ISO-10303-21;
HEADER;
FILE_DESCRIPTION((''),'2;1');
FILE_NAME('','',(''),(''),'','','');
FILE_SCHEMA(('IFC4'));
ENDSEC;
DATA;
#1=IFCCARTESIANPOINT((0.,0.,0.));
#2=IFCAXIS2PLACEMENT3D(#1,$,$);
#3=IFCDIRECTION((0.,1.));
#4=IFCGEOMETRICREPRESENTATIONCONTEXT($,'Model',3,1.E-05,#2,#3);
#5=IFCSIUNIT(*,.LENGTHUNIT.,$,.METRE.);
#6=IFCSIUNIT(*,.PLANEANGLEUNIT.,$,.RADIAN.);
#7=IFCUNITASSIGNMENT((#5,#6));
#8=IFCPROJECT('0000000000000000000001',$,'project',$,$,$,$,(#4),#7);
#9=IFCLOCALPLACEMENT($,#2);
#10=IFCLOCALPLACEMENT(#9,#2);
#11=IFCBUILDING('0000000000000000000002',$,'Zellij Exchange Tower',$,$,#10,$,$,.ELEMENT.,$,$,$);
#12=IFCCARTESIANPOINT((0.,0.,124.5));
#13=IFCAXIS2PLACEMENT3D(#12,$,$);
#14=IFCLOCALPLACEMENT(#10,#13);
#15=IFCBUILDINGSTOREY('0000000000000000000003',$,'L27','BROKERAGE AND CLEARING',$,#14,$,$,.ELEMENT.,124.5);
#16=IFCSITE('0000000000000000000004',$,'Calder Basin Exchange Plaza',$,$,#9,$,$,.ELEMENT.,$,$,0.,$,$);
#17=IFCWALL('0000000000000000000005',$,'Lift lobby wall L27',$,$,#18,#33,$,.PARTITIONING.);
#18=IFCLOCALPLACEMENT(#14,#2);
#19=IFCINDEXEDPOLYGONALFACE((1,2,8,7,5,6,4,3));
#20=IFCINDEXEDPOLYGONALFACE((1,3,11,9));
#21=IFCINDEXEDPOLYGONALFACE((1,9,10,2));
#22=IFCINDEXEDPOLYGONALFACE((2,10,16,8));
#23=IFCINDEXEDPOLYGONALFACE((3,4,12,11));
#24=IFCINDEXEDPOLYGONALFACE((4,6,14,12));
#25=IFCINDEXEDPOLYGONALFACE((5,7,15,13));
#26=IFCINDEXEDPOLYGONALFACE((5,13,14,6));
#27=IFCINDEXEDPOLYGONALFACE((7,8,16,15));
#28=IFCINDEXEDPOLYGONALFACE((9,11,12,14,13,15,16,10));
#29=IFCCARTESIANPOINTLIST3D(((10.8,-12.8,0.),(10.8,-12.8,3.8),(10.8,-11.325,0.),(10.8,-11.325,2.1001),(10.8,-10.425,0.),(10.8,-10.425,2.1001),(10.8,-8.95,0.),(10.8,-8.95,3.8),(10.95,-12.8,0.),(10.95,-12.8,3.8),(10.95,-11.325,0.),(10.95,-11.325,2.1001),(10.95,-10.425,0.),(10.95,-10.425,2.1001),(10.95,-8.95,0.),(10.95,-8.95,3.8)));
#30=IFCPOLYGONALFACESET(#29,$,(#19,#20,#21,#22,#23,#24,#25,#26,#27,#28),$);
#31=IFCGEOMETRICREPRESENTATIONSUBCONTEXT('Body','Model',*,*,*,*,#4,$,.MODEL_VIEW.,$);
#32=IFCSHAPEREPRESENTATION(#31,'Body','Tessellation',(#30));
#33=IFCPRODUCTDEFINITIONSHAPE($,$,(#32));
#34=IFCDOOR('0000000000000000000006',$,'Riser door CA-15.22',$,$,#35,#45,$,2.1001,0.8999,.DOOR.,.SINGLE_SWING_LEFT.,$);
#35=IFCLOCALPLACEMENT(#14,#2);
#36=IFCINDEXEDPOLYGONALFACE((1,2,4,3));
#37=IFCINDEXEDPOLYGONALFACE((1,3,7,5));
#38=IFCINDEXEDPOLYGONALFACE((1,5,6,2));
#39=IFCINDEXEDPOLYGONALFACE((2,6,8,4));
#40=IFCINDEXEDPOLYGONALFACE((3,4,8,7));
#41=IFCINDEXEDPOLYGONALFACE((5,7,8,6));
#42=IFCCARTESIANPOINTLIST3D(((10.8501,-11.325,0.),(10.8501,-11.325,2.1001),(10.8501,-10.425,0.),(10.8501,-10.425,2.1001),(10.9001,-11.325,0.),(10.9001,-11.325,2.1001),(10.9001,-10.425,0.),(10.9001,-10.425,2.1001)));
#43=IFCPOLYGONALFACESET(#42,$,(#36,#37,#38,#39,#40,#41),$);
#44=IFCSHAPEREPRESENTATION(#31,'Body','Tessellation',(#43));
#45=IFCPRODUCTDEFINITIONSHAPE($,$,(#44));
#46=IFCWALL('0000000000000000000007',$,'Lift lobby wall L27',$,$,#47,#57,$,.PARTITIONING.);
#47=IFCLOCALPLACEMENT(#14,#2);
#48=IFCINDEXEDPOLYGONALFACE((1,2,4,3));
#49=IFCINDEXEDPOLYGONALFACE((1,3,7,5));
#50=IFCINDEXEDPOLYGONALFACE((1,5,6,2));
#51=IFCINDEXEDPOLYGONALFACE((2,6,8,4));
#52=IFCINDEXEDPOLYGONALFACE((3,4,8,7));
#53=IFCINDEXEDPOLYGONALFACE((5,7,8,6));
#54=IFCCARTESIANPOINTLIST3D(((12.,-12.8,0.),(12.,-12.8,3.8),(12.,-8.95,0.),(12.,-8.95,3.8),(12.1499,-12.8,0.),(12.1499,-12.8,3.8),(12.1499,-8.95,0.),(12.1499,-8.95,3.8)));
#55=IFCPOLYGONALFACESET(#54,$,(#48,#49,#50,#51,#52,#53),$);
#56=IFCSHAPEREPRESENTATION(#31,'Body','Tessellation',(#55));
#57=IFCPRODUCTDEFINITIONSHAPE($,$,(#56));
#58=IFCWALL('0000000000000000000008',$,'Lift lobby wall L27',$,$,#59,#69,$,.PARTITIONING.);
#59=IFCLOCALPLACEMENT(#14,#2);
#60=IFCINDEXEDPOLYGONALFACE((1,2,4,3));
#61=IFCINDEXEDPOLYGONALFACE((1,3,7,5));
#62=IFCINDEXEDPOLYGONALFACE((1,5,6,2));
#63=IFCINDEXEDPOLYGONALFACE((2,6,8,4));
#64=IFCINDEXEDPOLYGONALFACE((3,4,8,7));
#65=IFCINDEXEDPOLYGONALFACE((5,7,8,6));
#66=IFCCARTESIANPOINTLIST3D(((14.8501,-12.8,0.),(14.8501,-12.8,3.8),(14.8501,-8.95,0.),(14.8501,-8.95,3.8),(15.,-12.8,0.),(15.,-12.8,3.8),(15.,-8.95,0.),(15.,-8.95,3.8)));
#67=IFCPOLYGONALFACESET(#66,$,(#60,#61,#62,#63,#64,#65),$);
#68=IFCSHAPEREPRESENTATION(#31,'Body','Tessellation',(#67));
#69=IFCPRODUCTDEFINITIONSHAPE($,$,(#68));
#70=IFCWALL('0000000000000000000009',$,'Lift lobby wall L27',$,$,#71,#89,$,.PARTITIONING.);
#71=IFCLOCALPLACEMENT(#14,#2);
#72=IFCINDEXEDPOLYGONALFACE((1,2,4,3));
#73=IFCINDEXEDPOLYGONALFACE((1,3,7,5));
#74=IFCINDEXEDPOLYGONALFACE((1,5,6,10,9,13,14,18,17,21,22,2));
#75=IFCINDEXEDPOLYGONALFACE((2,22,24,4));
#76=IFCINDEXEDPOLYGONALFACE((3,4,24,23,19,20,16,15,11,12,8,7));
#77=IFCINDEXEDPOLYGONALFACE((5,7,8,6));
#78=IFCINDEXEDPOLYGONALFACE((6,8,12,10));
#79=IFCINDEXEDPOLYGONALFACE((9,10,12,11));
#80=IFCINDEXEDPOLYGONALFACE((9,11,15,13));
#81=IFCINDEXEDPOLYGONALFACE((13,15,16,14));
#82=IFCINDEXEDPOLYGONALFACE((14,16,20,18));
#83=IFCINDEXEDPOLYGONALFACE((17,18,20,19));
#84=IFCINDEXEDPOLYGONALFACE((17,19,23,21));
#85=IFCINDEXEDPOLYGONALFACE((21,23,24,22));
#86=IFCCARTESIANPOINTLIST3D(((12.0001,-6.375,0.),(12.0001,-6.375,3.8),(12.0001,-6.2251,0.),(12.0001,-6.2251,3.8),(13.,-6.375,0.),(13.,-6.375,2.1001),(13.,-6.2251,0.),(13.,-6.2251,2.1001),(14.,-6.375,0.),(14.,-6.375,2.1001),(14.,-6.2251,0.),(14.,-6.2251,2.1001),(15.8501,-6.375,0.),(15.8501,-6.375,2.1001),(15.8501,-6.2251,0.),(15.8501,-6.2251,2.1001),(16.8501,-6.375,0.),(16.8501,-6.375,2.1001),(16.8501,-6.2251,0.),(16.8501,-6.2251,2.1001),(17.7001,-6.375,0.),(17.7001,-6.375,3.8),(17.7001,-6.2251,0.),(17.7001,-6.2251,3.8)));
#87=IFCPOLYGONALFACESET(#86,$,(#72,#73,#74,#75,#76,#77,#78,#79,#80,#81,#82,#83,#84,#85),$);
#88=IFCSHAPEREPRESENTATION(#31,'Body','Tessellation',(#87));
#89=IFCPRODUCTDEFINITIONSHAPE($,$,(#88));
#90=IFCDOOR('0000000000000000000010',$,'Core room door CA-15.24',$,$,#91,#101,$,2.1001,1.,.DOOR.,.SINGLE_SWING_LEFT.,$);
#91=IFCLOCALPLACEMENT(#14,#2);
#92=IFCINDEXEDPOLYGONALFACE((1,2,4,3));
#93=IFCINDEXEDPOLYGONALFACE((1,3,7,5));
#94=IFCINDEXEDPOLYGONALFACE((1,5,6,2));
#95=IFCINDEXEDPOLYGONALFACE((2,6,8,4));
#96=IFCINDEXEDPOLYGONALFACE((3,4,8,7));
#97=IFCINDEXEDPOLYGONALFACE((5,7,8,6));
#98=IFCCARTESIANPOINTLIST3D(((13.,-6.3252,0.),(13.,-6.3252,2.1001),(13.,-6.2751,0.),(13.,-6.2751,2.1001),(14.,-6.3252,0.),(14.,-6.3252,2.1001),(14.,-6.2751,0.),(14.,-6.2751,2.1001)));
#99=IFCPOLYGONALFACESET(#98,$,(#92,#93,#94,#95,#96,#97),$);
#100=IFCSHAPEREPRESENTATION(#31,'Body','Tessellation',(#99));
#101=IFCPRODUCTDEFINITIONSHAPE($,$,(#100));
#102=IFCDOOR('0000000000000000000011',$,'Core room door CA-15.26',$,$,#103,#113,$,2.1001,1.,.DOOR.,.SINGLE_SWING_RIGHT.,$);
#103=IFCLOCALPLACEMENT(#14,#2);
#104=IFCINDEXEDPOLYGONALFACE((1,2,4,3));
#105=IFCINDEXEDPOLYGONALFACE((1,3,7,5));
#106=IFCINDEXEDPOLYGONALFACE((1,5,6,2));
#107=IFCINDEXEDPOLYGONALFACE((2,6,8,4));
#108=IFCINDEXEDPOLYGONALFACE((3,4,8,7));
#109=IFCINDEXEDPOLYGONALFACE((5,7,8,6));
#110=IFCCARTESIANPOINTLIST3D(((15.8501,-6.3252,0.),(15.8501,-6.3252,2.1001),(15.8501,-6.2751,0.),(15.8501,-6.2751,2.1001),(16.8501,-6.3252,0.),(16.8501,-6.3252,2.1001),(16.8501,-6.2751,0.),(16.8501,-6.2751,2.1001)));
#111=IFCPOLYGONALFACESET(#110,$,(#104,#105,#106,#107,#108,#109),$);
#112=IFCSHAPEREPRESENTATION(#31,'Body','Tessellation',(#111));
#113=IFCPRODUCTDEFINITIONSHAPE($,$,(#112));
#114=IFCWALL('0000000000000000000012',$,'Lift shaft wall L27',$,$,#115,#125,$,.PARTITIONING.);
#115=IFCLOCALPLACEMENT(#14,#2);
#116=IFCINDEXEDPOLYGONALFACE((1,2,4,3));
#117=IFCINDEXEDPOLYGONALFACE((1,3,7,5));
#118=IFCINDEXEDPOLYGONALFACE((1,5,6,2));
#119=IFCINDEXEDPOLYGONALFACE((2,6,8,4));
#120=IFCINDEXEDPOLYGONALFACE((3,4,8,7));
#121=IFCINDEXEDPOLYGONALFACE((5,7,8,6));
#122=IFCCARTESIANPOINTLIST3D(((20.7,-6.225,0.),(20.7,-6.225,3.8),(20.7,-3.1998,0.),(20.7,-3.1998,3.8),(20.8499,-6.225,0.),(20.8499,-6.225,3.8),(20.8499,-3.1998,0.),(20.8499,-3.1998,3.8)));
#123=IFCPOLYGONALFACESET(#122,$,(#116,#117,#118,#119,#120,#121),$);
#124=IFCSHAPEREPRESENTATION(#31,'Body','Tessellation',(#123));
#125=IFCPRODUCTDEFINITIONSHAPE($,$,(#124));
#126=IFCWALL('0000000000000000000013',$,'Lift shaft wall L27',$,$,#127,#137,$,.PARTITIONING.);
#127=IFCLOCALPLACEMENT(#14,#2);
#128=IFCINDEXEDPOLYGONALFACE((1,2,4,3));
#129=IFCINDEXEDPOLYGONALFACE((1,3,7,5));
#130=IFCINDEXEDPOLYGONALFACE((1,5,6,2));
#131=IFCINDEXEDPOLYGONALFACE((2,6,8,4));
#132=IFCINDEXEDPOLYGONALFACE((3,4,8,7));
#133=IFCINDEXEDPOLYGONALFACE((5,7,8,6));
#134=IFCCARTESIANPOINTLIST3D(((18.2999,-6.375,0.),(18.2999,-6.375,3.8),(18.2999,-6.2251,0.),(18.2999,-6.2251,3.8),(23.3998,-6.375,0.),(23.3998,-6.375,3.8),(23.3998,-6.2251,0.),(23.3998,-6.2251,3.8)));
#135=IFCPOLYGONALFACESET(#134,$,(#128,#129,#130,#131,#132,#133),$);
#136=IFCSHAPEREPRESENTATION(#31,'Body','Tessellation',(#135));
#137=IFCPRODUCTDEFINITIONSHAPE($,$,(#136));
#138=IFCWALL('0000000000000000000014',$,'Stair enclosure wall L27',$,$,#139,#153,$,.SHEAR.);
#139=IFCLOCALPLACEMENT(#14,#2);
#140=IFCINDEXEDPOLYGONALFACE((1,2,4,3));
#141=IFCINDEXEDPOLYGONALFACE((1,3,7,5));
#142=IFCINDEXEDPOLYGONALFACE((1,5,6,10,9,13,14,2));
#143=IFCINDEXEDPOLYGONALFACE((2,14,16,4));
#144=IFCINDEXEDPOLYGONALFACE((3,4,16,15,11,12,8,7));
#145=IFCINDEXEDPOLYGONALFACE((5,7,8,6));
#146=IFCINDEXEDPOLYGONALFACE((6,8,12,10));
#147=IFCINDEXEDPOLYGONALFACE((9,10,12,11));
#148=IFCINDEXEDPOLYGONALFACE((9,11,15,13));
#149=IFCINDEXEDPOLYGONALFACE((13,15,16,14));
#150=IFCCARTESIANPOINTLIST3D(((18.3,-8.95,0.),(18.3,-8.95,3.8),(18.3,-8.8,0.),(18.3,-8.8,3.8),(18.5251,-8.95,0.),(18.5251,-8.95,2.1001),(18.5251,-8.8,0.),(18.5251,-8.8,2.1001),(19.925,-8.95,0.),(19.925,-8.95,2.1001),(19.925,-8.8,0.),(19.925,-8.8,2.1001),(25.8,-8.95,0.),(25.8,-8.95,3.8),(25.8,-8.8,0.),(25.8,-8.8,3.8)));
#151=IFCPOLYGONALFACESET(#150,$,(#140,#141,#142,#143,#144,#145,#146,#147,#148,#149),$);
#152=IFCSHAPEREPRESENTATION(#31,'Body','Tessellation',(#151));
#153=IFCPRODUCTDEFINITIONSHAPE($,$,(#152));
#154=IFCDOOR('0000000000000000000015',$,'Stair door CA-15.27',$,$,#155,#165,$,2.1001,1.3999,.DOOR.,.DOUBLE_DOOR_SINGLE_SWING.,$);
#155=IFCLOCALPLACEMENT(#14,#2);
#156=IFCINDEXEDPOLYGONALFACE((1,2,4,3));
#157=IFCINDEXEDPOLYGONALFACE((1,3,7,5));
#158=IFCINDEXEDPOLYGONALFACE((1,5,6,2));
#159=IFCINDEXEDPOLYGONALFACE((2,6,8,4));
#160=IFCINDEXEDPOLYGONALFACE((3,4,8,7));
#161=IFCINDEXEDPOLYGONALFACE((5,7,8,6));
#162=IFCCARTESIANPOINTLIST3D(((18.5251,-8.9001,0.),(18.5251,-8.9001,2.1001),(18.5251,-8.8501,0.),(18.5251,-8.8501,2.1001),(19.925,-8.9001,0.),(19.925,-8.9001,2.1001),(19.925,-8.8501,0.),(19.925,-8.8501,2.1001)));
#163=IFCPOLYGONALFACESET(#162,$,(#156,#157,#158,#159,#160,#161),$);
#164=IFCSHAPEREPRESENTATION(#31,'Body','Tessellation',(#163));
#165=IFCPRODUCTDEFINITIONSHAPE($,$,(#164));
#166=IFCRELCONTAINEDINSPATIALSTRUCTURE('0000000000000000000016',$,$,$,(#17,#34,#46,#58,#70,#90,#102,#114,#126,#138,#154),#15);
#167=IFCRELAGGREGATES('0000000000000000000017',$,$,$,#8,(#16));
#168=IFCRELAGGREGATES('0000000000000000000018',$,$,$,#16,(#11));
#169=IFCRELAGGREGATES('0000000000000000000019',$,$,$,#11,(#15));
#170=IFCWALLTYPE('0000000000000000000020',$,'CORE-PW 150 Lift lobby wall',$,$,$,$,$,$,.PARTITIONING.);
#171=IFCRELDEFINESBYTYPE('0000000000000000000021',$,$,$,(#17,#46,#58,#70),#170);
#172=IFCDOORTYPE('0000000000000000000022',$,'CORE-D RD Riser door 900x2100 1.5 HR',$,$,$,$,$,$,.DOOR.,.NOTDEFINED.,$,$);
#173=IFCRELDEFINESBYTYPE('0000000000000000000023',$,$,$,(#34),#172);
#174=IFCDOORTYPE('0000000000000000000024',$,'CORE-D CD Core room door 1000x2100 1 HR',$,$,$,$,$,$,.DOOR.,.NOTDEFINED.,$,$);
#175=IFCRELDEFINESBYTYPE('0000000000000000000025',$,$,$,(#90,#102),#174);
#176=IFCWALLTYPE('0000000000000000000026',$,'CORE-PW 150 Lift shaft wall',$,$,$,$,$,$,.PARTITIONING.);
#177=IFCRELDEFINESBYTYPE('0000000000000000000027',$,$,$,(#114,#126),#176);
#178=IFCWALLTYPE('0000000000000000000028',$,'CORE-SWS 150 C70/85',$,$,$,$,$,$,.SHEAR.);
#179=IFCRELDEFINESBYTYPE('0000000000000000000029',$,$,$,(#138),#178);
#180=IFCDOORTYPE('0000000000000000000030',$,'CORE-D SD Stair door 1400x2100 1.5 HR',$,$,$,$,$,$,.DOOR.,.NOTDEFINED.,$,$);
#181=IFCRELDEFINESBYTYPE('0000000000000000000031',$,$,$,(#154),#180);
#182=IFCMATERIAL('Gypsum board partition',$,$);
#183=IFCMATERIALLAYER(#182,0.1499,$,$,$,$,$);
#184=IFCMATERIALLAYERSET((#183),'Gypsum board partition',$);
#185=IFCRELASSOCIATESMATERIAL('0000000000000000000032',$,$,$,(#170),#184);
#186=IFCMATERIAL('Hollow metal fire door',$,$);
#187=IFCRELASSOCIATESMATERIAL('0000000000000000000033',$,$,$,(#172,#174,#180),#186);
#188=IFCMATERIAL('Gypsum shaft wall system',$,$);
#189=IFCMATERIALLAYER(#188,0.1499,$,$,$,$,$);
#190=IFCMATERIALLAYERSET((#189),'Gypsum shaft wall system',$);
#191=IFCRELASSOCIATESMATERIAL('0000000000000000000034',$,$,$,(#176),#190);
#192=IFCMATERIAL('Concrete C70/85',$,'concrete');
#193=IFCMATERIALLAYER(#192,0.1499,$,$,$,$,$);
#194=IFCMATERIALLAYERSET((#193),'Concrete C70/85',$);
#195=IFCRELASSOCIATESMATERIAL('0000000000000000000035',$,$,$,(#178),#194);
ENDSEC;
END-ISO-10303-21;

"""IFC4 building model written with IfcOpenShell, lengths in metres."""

from ifc_helpers import new_model, si_unit, direction, frame, frame_2d, origin, place, context, subcontext, project, spatial, rectangle, extrude, material, layer, layer_set, type_object, element, fill, save


model = new_model("IFC4")

# Units and contexts
model_context = context("Model", 3, precision=1e-05, world=origin(), true_north=direction((0.0, 1.0)))
body_context = subcontext(model_context, "Body", "Model", "MODEL_VIEW")
ifc_project = project(units=[si_unit("LENGTHUNIT", "METRE"), si_unit("PLANEANGLEUNIT", "RADIAN")], contexts=[model_context])

# Site, building, storey
site_placement = place(None, origin())
site = spatial("IfcSite", under=ifc_project, at=site_placement, Name="Calder Basin Exchange Plaza", CompositionType="ELEMENT", RefElevation=0.0)
building_placement = place(site_placement, origin())
building = spatial("IfcBuilding", under=site, at=building_placement, Name="Zellij Exchange Tower", CompositionType="ELEMENT")
storey_placement = place(building_placement, frame((0.0, 0.0, 124.5)))
storey = spatial("IfcBuildingStorey", under=building, at=storey_placement, Name="L27", Description="BROKERAGE AND CLEARING", CompositionType="ELEMENT", Elevation=124.5)

# Shared definitions
ifc_material_1 = material(Name="Concrete C70/85", Category="concrete")

# Shared definitions
ifc_material_2 = material(Name="Gypsum board partition")
ifc_layer_1 = layer(ifc_material_2, 0.1499)
ifc_layer_set_1 = layer_set([ifc_layer_1], Name="Gypsum board partition")
wall_type_1 = type_object("IfcWallType", Name="CORE-PW 150 Lift lobby wall", PredefinedType="PARTITIONING", material=ifc_layer_set_1)

# Wall, opening, door
wall_1_placement = place(storey_placement, frame((10.875, -12.8, 0.0), z_axis=(0.0, 0.0, 1.0), x_axis=(0.0, 1.0, 0.0)))
wall_1 = element("IfcWall", 1, at=wall_1_placement, inside=storey, type_object=wall_type_1, Name="Lift lobby wall L27", PredefinedType="PARTITIONING", context=body_context, shape_type="SweptSolid", body=[
    extrude(rectangle(XDim=3.8501, YDim=0.1499, at=frame_2d((1.925, 0.0))), origin(), (0.0, 0.0, 1.0), 3.8),
])
opening_1_placement = place(wall_1_placement, frame((1.4751, 0.0, 0.0)))
opening_1 = element("IfcOpeningElement", 2, at=opening_1_placement, cuts=wall_1, PredefinedType="OPENING", context=body_context, shape_type="SweptSolid", body=[
    extrude(rectangle(XDim=0.8999, YDim=2.1001, at=frame_2d((0.45, 1.05))), frame((0.0, 0.0869, 0.0), z_axis=(0.0, -1.0, 0.0), x_axis=(1.0, 0.0, 0.0)), (0.0, 0.0, 1.0), 0.1738),
])
ifc_material_3 = material(Name="Hollow metal fire door")
door_type_1 = type_object("IfcDoorType", Name="CORE-D RD Riser door 900x2100 1.5 HR", OperationType="NOTDEFINED", PredefinedType="DOOR", material=ifc_material_3)
door_1_placement = place(opening_1_placement, origin())
door_1 = element("IfcDoor", 3, at=door_1_placement, inside=storey, type_object=door_type_1, Name="Riser door CA-15.22", OperationType="SINGLE_SWING_LEFT", OverallHeight=2.1001, OverallWidth=0.8999, PredefinedType="DOOR", context=body_context, shape_type="SweptSolid", body=[
    extrude(rectangle(XDim=0.8999, YDim=2.1001, at=frame_2d((0.45, 1.05))), frame((0.0, 0.0249, 0.0), z_axis=(0.0, -1.0, 0.0), x_axis=(1.0, 0.0, 0.0)), (0.0, 0.0, 1.0), 0.05),
])
fill(opening_1, door_1)

# Walls
for number, where, z_axis, x_axis, name in (
    (4, (12.075, -12.8, 0.0), (0.0, 0.0, 1.0), (0.0, 1.0, 0.0), "Lift lobby wall L27"),
    (5, (14.925, -12.8, 0.0), (0.0, 0.0, 1.0), (0.0, 1.0, 0.0), "Lift lobby wall L27"),
):
    element("IfcWall", number, at=place(storey_placement, frame(where, z_axis=z_axis, x_axis=x_axis)), inside=storey, type_object=wall_type_1, Name=name, PredefinedType="PARTITIONING", context=body_context, shape_type="SweptSolid", body=[
        extrude(rectangle(XDim=3.8501, YDim=0.1499, at=frame_2d((1.925, 0.0))), origin(), (0.0, 0.0, 1.0), 3.8),
    ])

# Wall, openings, doors
wall_2_placement = place(storey_placement, frame((12.0, -6.3, 0.0), z_axis=(0.0, 0.0, 1.0), x_axis=(1.0, 0.0, 0.0)))
wall_2 = element("IfcWall", 6, at=wall_2_placement, inside=storey, type_object=wall_type_1, Name="Lift lobby wall L27", PredefinedType="PARTITIONING", context=body_context, shape_type="SweptSolid", body=[
    extrude(rectangle(XDim=5.7, YDim=0.1499, at=frame_2d((2.8501, 0.0))), origin(), (0.0, 0.0, 1.0), 3.8),
])
opening_2_placement = place(wall_2_placement, frame((1.0, 0.0, 0.0)))
opening_2 = element("IfcOpeningElement", 7, at=opening_2_placement, cuts=wall_2, PredefinedType="OPENING", context=body_context, shape_type="SweptSolid", body=[
    extrude(rectangle(XDim=1.0, YDim=2.1001, at=frame_2d((0.5, 1.05))), frame((0.0, 0.0869, 0.0), z_axis=(0.0, -1.0, 0.0), x_axis=(1.0, 0.0, 0.0)), (0.0, 0.0, 1.0), 0.1738),
])
opening_3_placement = place(wall_2_placement, frame((3.8501, 0.0, 0.0)))
opening_3 = element("IfcOpeningElement", 8, at=opening_3_placement, cuts=wall_2, PredefinedType="OPENING", context=body_context, shape_type="SweptSolid", body=[
    extrude(rectangle(XDim=1.0, YDim=2.1001, at=frame_2d((0.5, 1.05))), frame((0.0, 0.0869, 0.0), z_axis=(0.0, -1.0, 0.0), x_axis=(1.0, 0.0, 0.0)), (0.0, 0.0, 1.0), 0.1738),
])
door_type_2 = type_object("IfcDoorType", Name="CORE-D CD Core room door 1000x2100 1 HR", OperationType="NOTDEFINED", PredefinedType="DOOR", material=ifc_material_3)
door_2_placement = place(opening_2_placement, origin())
door_2 = element("IfcDoor", 9, at=door_2_placement, inside=storey, type_object=door_type_2, Name="Core room door CA-15.24", OperationType="SINGLE_SWING_LEFT", OverallHeight=2.1001, OverallWidth=1.0, PredefinedType="DOOR", context=body_context, shape_type="SweptSolid", body=[
    extrude(rectangle(XDim=1.0, YDim=2.1001, at=frame_2d((0.5, 1.05))), frame((0.0, 0.0249, 0.0), z_axis=(0.0, -1.0, 0.0), x_axis=(1.0, 0.0, 0.0)), (0.0, 0.0, 1.0), 0.05),
])
fill(opening_2, door_2)
door_3_placement = place(opening_3_placement, origin())
door_3 = element("IfcDoor", 10, at=door_3_placement, inside=storey, type_object=door_type_2, Name="Core room door CA-15.26", OperationType="SINGLE_SWING_RIGHT", OverallHeight=2.1001, OverallWidth=1.0, PredefinedType="DOOR", context=body_context, shape_type="SweptSolid", body=[
    extrude(rectangle(XDim=1.0, YDim=2.1001, at=frame_2d((0.5, 1.05))), frame((0.0, 0.0249, 0.0), z_axis=(0.0, -1.0, 0.0), x_axis=(1.0, 0.0, 0.0)), (0.0, 0.0, 1.0), 0.05),
])
fill(opening_3, door_3)

# Walls
ifc_material_4 = material(Name="Gypsum shaft wall system")
ifc_layer_2 = layer(ifc_material_4, 0.1499)
ifc_layer_set_2 = layer_set([ifc_layer_2], Name="Gypsum shaft wall system")
wall_type_2 = type_object("IfcWallType", Name="CORE-PW 150 Lift shaft wall", PredefinedType="PARTITIONING", material=ifc_layer_set_2)
wall_3_placement = place(storey_placement, frame((20.7749, -6.2251, 0.0), z_axis=(0.0, 0.0, 1.0), x_axis=(0.0, 1.0, 0.0)))
element("IfcWall", 11, at=wall_3_placement, inside=storey, type_object=wall_type_2, Name="Lift shaft wall L27", PredefinedType="PARTITIONING", context=body_context, shape_type="SweptSolid", body=[
    extrude(rectangle(XDim=3.0251, YDim=0.1499, at=frame_2d((1.5127, 0.0))), origin(), (0.0, 0.0, 1.0), 3.8),
])
wall_4_placement = place(storey_placement, frame((18.3, -6.3, 0.0), z_axis=(0.0, 0.0, 1.0), x_axis=(1.0, 0.0, 0.0)))
element("IfcWall", 12, at=wall_4_placement, inside=storey, type_object=wall_type_2, Name="Lift shaft wall L27", PredefinedType="PARTITIONING", context=body_context, shape_type="SweptSolid", body=[
    extrude(rectangle(XDim=5.0999, YDim=0.1499, at=frame_2d((2.5498, 0.0))), origin(), (0.0, 0.0, 1.0), 3.8),
])

# Wall, opening, door
ifc_layer_3 = layer(ifc_material_1, 0.1499)
ifc_layer_set_3 = layer_set([ifc_layer_3], Name="Concrete C70/85")
wall_type_3 = type_object("IfcWallType", Name="CORE-SWS 150 C70/85", PredefinedType="SHEAR", material=ifc_layer_set_3)
wall_5_placement = place(storey_placement, frame((18.3, -8.875, 0.0), z_axis=(0.0, 0.0, 1.0), x_axis=(1.0, 0.0, 0.0)))
wall_5 = element("IfcWall", 13, at=wall_5_placement, inside=storey, type_object=wall_type_3, Name="Stair enclosure wall L27", PredefinedType="SHEAR", context=body_context, shape_type="SweptSolid", body=[
    extrude(rectangle(XDim=7.5, YDim=0.1499, at=frame_2d((3.75, 0.0))), origin(), (0.0, 0.0, 1.0), 3.8),
])
opening_4_placement = place(wall_5_placement, frame((0.2251, 0.0, 0.0)))
opening_4 = element("IfcOpeningElement", 14, at=opening_4_placement, cuts=wall_5, PredefinedType="OPENING", context=body_context, shape_type="SweptSolid", body=[
    extrude(rectangle(XDim=1.3999, YDim=2.1001, at=frame_2d((0.7, 1.05))), frame((0.0, 0.0869, 0.0), z_axis=(0.0, -1.0, 0.0), x_axis=(1.0, 0.0, 0.0)), (0.0, 0.0, 1.0), 0.1738),
])
door_type_3 = type_object("IfcDoorType", Name="CORE-D SD Stair door 1400x2100 1.5 HR", OperationType="NOTDEFINED", PredefinedType="DOOR", material=ifc_material_3)
door_4_placement = place(opening_4_placement, origin())
door_4 = element("IfcDoor", 15, at=door_4_placement, inside=storey, type_object=door_type_3, Name="Stair door CA-15.27", OperationType="DOUBLE_DOOR_SINGLE_SWING", OverallHeight=2.1001, OverallWidth=1.3999, PredefinedType="DOOR", context=body_context, shape_type="SweptSolid", body=[
    extrude(rectangle(XDim=1.3999, YDim=2.1001, at=frame_2d((0.7, 1.05))), frame((0.0, 0.0249, 0.0), z_axis=(0.0, -1.0, 0.0), x_axis=(1.0, 0.0, 0.0)), (0.0, 0.0, 1.0), 0.05),
])
fill(opening_4, door_4)

save(model, "model.ifc")
